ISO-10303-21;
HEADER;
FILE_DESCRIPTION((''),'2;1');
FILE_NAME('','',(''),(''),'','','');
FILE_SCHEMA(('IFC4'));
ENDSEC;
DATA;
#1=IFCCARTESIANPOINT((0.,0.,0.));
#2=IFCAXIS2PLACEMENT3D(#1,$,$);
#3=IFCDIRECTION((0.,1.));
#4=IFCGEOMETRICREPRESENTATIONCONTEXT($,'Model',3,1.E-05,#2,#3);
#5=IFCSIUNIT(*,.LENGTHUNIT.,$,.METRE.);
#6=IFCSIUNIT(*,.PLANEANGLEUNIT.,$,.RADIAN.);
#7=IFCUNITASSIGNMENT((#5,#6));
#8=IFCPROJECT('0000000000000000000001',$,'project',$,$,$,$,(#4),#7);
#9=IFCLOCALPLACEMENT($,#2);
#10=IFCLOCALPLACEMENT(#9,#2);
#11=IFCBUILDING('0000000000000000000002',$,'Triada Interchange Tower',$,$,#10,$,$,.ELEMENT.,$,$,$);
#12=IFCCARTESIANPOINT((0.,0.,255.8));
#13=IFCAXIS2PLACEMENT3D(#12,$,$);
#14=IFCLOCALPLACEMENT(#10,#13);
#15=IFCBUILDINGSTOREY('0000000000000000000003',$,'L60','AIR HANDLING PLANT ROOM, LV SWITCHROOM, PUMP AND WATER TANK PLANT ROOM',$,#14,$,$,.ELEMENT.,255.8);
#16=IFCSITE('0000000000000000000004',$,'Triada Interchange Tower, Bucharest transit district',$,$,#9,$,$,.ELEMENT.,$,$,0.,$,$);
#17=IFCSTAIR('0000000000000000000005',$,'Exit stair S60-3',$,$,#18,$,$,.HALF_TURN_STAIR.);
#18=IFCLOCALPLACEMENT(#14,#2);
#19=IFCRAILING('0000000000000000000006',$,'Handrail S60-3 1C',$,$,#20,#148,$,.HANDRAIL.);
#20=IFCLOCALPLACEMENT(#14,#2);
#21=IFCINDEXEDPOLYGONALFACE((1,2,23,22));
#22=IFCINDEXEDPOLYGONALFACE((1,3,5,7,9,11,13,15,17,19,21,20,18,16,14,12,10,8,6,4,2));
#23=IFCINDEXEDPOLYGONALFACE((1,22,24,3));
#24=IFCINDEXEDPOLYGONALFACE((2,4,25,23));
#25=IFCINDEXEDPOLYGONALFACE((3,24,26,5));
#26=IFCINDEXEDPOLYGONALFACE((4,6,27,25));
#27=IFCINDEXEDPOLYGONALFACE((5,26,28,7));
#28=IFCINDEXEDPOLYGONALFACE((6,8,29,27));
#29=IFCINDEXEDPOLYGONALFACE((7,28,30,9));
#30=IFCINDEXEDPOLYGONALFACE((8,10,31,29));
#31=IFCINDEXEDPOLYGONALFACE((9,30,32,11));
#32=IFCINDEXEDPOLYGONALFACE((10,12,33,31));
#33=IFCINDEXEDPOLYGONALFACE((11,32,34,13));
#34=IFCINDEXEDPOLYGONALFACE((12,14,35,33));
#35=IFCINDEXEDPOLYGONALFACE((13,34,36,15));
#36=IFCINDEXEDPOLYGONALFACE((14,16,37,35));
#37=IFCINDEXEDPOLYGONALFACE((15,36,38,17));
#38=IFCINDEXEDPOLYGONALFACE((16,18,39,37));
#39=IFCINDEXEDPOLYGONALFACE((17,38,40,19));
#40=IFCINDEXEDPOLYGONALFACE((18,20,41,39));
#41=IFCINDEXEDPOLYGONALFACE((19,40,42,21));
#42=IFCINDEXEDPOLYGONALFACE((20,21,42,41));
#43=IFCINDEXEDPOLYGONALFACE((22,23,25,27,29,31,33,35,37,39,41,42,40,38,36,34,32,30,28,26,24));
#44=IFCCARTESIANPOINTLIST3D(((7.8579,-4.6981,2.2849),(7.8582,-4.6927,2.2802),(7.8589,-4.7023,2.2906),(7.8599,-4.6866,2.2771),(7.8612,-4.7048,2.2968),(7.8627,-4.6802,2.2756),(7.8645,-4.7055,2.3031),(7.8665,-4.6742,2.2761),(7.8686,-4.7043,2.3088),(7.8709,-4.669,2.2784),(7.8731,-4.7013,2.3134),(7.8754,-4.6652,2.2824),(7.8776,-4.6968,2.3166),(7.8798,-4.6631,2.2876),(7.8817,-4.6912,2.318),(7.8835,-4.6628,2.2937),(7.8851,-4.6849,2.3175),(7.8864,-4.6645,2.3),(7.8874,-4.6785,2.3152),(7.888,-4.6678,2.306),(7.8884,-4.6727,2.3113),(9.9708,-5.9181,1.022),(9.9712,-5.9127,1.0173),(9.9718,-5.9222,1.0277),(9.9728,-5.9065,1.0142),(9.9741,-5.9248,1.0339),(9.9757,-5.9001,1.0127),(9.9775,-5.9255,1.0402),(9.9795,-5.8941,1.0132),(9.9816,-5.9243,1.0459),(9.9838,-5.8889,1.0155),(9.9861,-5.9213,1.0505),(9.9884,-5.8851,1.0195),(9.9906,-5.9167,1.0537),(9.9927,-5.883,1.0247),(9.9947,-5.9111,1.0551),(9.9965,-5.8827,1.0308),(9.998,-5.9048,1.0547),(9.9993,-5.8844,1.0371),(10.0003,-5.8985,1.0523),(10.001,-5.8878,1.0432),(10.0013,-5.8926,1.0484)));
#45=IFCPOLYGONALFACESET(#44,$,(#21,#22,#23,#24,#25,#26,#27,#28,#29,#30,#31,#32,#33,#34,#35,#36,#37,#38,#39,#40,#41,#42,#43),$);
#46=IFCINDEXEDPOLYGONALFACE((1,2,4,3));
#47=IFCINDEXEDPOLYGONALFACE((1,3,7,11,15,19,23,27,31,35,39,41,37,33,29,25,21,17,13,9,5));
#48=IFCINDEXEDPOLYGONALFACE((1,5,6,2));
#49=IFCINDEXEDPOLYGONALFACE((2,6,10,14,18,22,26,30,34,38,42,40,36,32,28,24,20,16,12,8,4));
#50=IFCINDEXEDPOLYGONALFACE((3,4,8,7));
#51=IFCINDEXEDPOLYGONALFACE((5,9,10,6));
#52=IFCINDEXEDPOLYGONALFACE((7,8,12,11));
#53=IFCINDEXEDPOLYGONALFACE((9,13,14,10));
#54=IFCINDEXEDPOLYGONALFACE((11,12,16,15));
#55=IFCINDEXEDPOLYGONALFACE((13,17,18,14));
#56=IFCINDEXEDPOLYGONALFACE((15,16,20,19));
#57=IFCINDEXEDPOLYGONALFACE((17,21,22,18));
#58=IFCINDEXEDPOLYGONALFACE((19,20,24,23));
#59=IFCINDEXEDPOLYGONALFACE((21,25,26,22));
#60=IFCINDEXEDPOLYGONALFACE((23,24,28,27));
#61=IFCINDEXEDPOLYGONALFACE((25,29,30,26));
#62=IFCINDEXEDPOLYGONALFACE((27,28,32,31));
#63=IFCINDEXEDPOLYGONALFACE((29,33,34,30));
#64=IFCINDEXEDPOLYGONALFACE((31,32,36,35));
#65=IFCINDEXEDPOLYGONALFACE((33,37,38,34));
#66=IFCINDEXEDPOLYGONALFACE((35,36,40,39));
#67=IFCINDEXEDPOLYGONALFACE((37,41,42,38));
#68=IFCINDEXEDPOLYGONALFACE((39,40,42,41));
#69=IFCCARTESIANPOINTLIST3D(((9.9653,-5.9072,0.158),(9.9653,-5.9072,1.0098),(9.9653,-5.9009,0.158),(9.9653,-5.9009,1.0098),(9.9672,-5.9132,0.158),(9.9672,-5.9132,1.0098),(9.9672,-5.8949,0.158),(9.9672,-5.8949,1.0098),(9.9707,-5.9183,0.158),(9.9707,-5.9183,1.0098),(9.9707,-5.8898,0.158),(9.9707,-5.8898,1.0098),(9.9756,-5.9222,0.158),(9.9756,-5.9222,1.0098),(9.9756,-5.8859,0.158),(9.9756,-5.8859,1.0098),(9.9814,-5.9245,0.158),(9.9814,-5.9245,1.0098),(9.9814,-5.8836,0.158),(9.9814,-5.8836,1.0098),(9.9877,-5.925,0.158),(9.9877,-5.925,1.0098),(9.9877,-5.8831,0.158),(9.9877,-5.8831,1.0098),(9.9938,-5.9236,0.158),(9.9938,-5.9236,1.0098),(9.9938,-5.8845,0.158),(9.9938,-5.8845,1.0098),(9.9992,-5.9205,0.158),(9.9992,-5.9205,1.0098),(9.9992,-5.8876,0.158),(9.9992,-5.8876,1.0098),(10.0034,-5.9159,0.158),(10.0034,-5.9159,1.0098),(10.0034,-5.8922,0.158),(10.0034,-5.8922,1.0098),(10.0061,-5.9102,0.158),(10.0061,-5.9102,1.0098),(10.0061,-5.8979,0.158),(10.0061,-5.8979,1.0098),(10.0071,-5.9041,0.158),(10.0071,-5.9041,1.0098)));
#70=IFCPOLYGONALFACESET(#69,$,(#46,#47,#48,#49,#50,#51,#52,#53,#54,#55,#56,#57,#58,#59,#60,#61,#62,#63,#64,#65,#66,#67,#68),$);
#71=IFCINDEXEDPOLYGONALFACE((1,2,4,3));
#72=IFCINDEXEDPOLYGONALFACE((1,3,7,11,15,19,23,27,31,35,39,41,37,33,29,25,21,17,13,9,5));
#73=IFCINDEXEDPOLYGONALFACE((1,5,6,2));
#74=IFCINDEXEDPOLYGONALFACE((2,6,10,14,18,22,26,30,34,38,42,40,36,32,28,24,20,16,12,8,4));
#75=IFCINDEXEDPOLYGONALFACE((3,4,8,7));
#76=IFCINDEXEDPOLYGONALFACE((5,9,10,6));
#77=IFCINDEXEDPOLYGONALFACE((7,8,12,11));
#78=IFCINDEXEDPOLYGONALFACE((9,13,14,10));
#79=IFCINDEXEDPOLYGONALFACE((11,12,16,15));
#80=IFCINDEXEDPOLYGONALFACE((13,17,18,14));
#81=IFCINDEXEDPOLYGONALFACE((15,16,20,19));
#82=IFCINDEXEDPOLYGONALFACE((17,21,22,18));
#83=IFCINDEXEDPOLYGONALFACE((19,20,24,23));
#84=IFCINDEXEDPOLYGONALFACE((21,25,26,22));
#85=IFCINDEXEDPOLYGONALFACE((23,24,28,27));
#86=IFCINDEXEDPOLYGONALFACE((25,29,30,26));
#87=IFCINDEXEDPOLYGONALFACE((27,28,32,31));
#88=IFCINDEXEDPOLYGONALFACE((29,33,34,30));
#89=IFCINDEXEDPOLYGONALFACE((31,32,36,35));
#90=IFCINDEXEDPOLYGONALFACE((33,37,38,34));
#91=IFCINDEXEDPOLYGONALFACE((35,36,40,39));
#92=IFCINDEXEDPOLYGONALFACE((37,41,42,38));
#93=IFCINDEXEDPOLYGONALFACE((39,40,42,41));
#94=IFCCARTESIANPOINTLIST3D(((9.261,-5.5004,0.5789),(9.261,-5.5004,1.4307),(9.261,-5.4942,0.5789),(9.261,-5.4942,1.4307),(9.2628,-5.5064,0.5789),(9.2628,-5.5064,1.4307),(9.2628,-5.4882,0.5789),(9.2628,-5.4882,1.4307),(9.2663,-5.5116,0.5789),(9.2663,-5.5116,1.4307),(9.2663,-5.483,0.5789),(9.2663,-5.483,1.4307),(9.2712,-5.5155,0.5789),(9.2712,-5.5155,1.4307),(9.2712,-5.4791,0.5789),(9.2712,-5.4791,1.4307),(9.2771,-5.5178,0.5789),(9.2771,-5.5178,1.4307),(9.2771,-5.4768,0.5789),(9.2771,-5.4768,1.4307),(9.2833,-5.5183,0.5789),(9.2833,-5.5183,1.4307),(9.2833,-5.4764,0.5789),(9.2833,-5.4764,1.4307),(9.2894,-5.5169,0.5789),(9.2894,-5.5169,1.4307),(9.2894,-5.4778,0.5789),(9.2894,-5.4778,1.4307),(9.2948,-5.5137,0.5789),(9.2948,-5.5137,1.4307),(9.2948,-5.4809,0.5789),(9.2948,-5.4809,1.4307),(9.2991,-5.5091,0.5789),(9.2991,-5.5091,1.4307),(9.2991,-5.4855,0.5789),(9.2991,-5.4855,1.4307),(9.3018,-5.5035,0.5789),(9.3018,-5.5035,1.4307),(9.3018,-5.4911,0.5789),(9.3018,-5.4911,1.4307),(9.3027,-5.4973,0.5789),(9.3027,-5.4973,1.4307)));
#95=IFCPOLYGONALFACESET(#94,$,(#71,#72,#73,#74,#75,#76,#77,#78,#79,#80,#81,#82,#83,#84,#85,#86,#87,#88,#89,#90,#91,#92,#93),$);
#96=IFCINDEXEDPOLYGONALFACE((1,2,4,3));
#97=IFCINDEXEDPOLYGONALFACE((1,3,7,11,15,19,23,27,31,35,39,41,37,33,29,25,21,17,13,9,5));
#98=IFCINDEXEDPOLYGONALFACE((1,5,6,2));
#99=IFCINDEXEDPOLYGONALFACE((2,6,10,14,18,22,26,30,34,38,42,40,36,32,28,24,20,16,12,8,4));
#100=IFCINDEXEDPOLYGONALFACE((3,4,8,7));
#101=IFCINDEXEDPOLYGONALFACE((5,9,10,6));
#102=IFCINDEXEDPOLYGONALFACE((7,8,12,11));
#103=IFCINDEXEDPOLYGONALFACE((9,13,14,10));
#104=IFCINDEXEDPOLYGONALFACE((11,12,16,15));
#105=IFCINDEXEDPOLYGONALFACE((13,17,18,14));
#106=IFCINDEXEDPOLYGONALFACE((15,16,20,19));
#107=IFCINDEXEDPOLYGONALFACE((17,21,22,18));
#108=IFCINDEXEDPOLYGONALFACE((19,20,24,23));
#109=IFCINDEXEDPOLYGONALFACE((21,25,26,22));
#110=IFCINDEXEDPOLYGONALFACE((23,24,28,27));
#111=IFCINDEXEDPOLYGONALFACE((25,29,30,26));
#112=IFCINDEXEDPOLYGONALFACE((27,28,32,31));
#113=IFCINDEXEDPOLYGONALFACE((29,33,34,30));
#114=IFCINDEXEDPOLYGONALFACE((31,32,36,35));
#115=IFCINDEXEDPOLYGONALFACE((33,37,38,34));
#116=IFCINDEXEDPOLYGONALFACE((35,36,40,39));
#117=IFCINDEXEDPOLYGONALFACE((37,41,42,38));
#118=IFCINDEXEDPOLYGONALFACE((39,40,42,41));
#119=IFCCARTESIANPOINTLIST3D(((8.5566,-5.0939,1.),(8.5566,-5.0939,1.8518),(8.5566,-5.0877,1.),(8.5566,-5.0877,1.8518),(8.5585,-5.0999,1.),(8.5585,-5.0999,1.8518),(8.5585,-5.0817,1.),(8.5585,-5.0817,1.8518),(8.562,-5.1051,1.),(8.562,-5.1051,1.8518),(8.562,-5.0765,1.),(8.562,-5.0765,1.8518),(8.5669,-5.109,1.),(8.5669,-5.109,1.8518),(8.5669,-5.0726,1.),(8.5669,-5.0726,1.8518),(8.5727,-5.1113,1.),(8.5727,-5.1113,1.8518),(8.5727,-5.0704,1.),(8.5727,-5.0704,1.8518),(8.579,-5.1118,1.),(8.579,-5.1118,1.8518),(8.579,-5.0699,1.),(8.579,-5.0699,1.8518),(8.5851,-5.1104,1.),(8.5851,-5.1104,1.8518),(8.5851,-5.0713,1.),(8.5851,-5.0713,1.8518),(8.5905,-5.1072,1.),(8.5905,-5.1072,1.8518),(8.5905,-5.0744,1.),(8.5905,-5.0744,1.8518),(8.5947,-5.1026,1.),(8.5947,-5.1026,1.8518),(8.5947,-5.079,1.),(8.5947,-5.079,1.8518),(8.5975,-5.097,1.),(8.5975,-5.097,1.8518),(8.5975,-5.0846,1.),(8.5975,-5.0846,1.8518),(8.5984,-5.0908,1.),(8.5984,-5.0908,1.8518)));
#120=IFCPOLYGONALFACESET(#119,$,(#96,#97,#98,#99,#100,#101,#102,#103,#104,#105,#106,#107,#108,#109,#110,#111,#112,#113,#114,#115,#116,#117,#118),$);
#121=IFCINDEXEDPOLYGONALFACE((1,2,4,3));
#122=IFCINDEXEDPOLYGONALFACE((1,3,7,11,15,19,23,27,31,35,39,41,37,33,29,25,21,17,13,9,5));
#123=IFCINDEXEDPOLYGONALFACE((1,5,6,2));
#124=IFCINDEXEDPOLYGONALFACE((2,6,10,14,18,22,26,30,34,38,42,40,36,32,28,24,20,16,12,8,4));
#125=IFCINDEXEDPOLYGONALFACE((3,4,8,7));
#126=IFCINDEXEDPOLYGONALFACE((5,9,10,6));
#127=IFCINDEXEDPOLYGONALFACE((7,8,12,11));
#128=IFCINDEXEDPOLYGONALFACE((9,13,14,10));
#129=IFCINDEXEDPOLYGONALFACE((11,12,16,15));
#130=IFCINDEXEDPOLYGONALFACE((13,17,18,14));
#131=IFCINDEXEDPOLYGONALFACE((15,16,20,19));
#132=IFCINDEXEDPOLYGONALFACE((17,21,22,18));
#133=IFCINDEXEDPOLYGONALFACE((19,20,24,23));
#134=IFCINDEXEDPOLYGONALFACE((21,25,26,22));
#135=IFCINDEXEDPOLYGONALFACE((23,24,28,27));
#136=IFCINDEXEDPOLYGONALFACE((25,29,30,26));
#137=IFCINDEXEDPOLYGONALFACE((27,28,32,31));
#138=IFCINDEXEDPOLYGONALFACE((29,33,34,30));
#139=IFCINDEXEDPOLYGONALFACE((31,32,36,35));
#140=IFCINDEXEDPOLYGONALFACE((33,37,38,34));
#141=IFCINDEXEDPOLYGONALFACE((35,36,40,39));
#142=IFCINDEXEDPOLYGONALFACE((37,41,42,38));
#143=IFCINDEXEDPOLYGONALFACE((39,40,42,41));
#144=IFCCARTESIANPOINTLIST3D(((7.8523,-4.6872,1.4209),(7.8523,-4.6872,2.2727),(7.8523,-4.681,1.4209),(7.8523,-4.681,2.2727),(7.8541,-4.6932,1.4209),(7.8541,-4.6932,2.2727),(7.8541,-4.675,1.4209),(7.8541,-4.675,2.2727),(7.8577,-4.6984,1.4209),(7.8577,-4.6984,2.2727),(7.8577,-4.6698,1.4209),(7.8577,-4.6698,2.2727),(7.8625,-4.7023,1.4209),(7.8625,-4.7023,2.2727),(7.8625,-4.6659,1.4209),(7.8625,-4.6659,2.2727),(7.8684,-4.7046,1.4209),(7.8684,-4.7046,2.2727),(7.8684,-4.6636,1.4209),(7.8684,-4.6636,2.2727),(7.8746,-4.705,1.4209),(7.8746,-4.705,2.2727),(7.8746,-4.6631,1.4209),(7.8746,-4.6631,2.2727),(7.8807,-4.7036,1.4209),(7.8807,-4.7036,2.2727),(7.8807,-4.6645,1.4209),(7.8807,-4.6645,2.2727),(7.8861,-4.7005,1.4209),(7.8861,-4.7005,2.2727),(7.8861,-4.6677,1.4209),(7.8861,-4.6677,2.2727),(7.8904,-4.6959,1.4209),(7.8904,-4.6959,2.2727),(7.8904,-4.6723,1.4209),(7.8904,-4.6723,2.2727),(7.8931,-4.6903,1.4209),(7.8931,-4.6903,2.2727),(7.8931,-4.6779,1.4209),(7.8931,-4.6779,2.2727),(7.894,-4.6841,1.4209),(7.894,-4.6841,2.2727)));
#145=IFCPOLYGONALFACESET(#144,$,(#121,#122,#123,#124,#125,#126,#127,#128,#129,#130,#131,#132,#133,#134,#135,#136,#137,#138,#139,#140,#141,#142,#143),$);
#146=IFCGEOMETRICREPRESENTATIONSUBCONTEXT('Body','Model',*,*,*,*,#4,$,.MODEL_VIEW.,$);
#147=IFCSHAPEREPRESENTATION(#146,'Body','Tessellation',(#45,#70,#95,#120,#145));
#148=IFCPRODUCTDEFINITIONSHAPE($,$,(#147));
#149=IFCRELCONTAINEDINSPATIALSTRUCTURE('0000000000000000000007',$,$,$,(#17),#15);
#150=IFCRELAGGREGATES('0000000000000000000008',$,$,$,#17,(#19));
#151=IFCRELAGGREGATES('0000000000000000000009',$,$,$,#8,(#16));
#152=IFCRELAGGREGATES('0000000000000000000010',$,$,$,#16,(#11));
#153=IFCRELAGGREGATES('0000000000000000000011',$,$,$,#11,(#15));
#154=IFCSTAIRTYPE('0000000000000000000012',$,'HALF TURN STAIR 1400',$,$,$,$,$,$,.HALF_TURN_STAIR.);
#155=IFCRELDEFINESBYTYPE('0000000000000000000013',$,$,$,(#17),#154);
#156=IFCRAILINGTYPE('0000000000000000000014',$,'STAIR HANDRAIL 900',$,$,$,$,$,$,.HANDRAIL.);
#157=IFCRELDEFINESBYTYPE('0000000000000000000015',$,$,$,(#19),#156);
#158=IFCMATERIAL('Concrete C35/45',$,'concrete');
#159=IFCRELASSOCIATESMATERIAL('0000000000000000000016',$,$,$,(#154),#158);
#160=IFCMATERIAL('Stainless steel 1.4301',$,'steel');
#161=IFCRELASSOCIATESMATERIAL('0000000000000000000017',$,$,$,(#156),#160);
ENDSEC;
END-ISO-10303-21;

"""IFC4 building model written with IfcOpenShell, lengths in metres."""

from ifc_helpers import new_model, si_unit, direction, frame, origin, origin_2d, place, context, subcontext, project, spatial, circle, extrude, material, type_object, element, aggregate, save


model = new_model("IFC4")

# Units and contexts
model_context = context("Model", 3, precision=1e-05, world=origin(), true_north=direction((0.0, 1.0)))
body_context = subcontext(model_context, "Body", "Model", "MODEL_VIEW")
ifc_project = project(units=[si_unit("LENGTHUNIT", "METRE"), si_unit("PLANEANGLEUNIT", "RADIAN")], contexts=[model_context])

# Site, building, storey
site_placement = place(None, origin())
site = spatial("IfcSite", under=ifc_project, at=site_placement, Name="Triada Interchange Tower, Bucharest transit district", CompositionType="ELEMENT", RefElevation=0.0)
building_placement = place(site_placement, origin())
building = spatial("IfcBuilding", under=site, at=building_placement, Name="Triada Interchange Tower", CompositionType="ELEMENT")
storey_placement = place(building_placement, frame((0.0, 0.0, 255.8)))
storey = spatial("IfcBuildingStorey", under=building, at=storey_placement, Name="L60", Description="AIR HANDLING PLANT ROOM, LV SWITCHROOM, PUMP AND WATER TANK PLANT ROOM", CompositionType="ELEMENT", Elevation=255.8)

# Stair, railing
ifc_material_1 = material(Name="Concrete C35/45", Category="concrete")
stair_type = type_object("IfcStairType", Name="HALF TURN STAIR 1400", PredefinedType="HALF_TURN_STAIR", material=ifc_material_1)
stair_placement = place(storey_placement, origin())
stair = element("IfcStair", 1, at=stair_placement, inside=storey, type_object=stair_type, Name="Exit stair S60-3", PredefinedType="HALF_TURN_STAIR")
ifc_material_2 = material(Name="Stainless steel 1.4301", Category="steel")
railing_type = type_object("IfcRailingType", Name="STAIR HANDRAIL 900", PredefinedType="HANDRAIL", material=ifc_material_2)
railing_1_placement = place(storey_placement, frame((9.9861, -5.9041, 0.158)))
railing_1 = element("IfcRailing", 2, at=railing_1_placement, type_object=railing_type, Name="Handrail S60-3 1C", PredefinedType="HANDRAIL", context=body_context, shape_type="SweptSolid", body=[
    extrude(circle(Radius=0.0239, at=origin_2d()), frame((0.0, 0.0, 0.876), z_axis=(-0.769101, 0.444044, 0.459683), x_axis=(-0.500003, -0.866024, 0.0)), (0.0, 0.0, 1.0), 2.7473),
    extrude(circle(Radius=0.021, at=origin_2d()), origin(), (0.0, 0.0, 1.0), 0.8518),
    extrude(circle(Radius=0.021, at=origin_2d()), frame((-0.7043, 0.4067, 0.4209)), (0.0, 0.0, 1.0), 0.8518),
    extrude(circle(Radius=0.021, at=origin_2d()), frame((-1.4087, 0.8132, 0.842)), (0.0, 0.0, 1.0), 0.8518),
    extrude(circle(Radius=0.021, at=origin_2d()), frame((-2.113, 1.22, 1.2629)), (0.0, 0.0, 1.0), 0.8518),
])
aggregate(stair, [railing_1])

save(model, "model.ifc")
